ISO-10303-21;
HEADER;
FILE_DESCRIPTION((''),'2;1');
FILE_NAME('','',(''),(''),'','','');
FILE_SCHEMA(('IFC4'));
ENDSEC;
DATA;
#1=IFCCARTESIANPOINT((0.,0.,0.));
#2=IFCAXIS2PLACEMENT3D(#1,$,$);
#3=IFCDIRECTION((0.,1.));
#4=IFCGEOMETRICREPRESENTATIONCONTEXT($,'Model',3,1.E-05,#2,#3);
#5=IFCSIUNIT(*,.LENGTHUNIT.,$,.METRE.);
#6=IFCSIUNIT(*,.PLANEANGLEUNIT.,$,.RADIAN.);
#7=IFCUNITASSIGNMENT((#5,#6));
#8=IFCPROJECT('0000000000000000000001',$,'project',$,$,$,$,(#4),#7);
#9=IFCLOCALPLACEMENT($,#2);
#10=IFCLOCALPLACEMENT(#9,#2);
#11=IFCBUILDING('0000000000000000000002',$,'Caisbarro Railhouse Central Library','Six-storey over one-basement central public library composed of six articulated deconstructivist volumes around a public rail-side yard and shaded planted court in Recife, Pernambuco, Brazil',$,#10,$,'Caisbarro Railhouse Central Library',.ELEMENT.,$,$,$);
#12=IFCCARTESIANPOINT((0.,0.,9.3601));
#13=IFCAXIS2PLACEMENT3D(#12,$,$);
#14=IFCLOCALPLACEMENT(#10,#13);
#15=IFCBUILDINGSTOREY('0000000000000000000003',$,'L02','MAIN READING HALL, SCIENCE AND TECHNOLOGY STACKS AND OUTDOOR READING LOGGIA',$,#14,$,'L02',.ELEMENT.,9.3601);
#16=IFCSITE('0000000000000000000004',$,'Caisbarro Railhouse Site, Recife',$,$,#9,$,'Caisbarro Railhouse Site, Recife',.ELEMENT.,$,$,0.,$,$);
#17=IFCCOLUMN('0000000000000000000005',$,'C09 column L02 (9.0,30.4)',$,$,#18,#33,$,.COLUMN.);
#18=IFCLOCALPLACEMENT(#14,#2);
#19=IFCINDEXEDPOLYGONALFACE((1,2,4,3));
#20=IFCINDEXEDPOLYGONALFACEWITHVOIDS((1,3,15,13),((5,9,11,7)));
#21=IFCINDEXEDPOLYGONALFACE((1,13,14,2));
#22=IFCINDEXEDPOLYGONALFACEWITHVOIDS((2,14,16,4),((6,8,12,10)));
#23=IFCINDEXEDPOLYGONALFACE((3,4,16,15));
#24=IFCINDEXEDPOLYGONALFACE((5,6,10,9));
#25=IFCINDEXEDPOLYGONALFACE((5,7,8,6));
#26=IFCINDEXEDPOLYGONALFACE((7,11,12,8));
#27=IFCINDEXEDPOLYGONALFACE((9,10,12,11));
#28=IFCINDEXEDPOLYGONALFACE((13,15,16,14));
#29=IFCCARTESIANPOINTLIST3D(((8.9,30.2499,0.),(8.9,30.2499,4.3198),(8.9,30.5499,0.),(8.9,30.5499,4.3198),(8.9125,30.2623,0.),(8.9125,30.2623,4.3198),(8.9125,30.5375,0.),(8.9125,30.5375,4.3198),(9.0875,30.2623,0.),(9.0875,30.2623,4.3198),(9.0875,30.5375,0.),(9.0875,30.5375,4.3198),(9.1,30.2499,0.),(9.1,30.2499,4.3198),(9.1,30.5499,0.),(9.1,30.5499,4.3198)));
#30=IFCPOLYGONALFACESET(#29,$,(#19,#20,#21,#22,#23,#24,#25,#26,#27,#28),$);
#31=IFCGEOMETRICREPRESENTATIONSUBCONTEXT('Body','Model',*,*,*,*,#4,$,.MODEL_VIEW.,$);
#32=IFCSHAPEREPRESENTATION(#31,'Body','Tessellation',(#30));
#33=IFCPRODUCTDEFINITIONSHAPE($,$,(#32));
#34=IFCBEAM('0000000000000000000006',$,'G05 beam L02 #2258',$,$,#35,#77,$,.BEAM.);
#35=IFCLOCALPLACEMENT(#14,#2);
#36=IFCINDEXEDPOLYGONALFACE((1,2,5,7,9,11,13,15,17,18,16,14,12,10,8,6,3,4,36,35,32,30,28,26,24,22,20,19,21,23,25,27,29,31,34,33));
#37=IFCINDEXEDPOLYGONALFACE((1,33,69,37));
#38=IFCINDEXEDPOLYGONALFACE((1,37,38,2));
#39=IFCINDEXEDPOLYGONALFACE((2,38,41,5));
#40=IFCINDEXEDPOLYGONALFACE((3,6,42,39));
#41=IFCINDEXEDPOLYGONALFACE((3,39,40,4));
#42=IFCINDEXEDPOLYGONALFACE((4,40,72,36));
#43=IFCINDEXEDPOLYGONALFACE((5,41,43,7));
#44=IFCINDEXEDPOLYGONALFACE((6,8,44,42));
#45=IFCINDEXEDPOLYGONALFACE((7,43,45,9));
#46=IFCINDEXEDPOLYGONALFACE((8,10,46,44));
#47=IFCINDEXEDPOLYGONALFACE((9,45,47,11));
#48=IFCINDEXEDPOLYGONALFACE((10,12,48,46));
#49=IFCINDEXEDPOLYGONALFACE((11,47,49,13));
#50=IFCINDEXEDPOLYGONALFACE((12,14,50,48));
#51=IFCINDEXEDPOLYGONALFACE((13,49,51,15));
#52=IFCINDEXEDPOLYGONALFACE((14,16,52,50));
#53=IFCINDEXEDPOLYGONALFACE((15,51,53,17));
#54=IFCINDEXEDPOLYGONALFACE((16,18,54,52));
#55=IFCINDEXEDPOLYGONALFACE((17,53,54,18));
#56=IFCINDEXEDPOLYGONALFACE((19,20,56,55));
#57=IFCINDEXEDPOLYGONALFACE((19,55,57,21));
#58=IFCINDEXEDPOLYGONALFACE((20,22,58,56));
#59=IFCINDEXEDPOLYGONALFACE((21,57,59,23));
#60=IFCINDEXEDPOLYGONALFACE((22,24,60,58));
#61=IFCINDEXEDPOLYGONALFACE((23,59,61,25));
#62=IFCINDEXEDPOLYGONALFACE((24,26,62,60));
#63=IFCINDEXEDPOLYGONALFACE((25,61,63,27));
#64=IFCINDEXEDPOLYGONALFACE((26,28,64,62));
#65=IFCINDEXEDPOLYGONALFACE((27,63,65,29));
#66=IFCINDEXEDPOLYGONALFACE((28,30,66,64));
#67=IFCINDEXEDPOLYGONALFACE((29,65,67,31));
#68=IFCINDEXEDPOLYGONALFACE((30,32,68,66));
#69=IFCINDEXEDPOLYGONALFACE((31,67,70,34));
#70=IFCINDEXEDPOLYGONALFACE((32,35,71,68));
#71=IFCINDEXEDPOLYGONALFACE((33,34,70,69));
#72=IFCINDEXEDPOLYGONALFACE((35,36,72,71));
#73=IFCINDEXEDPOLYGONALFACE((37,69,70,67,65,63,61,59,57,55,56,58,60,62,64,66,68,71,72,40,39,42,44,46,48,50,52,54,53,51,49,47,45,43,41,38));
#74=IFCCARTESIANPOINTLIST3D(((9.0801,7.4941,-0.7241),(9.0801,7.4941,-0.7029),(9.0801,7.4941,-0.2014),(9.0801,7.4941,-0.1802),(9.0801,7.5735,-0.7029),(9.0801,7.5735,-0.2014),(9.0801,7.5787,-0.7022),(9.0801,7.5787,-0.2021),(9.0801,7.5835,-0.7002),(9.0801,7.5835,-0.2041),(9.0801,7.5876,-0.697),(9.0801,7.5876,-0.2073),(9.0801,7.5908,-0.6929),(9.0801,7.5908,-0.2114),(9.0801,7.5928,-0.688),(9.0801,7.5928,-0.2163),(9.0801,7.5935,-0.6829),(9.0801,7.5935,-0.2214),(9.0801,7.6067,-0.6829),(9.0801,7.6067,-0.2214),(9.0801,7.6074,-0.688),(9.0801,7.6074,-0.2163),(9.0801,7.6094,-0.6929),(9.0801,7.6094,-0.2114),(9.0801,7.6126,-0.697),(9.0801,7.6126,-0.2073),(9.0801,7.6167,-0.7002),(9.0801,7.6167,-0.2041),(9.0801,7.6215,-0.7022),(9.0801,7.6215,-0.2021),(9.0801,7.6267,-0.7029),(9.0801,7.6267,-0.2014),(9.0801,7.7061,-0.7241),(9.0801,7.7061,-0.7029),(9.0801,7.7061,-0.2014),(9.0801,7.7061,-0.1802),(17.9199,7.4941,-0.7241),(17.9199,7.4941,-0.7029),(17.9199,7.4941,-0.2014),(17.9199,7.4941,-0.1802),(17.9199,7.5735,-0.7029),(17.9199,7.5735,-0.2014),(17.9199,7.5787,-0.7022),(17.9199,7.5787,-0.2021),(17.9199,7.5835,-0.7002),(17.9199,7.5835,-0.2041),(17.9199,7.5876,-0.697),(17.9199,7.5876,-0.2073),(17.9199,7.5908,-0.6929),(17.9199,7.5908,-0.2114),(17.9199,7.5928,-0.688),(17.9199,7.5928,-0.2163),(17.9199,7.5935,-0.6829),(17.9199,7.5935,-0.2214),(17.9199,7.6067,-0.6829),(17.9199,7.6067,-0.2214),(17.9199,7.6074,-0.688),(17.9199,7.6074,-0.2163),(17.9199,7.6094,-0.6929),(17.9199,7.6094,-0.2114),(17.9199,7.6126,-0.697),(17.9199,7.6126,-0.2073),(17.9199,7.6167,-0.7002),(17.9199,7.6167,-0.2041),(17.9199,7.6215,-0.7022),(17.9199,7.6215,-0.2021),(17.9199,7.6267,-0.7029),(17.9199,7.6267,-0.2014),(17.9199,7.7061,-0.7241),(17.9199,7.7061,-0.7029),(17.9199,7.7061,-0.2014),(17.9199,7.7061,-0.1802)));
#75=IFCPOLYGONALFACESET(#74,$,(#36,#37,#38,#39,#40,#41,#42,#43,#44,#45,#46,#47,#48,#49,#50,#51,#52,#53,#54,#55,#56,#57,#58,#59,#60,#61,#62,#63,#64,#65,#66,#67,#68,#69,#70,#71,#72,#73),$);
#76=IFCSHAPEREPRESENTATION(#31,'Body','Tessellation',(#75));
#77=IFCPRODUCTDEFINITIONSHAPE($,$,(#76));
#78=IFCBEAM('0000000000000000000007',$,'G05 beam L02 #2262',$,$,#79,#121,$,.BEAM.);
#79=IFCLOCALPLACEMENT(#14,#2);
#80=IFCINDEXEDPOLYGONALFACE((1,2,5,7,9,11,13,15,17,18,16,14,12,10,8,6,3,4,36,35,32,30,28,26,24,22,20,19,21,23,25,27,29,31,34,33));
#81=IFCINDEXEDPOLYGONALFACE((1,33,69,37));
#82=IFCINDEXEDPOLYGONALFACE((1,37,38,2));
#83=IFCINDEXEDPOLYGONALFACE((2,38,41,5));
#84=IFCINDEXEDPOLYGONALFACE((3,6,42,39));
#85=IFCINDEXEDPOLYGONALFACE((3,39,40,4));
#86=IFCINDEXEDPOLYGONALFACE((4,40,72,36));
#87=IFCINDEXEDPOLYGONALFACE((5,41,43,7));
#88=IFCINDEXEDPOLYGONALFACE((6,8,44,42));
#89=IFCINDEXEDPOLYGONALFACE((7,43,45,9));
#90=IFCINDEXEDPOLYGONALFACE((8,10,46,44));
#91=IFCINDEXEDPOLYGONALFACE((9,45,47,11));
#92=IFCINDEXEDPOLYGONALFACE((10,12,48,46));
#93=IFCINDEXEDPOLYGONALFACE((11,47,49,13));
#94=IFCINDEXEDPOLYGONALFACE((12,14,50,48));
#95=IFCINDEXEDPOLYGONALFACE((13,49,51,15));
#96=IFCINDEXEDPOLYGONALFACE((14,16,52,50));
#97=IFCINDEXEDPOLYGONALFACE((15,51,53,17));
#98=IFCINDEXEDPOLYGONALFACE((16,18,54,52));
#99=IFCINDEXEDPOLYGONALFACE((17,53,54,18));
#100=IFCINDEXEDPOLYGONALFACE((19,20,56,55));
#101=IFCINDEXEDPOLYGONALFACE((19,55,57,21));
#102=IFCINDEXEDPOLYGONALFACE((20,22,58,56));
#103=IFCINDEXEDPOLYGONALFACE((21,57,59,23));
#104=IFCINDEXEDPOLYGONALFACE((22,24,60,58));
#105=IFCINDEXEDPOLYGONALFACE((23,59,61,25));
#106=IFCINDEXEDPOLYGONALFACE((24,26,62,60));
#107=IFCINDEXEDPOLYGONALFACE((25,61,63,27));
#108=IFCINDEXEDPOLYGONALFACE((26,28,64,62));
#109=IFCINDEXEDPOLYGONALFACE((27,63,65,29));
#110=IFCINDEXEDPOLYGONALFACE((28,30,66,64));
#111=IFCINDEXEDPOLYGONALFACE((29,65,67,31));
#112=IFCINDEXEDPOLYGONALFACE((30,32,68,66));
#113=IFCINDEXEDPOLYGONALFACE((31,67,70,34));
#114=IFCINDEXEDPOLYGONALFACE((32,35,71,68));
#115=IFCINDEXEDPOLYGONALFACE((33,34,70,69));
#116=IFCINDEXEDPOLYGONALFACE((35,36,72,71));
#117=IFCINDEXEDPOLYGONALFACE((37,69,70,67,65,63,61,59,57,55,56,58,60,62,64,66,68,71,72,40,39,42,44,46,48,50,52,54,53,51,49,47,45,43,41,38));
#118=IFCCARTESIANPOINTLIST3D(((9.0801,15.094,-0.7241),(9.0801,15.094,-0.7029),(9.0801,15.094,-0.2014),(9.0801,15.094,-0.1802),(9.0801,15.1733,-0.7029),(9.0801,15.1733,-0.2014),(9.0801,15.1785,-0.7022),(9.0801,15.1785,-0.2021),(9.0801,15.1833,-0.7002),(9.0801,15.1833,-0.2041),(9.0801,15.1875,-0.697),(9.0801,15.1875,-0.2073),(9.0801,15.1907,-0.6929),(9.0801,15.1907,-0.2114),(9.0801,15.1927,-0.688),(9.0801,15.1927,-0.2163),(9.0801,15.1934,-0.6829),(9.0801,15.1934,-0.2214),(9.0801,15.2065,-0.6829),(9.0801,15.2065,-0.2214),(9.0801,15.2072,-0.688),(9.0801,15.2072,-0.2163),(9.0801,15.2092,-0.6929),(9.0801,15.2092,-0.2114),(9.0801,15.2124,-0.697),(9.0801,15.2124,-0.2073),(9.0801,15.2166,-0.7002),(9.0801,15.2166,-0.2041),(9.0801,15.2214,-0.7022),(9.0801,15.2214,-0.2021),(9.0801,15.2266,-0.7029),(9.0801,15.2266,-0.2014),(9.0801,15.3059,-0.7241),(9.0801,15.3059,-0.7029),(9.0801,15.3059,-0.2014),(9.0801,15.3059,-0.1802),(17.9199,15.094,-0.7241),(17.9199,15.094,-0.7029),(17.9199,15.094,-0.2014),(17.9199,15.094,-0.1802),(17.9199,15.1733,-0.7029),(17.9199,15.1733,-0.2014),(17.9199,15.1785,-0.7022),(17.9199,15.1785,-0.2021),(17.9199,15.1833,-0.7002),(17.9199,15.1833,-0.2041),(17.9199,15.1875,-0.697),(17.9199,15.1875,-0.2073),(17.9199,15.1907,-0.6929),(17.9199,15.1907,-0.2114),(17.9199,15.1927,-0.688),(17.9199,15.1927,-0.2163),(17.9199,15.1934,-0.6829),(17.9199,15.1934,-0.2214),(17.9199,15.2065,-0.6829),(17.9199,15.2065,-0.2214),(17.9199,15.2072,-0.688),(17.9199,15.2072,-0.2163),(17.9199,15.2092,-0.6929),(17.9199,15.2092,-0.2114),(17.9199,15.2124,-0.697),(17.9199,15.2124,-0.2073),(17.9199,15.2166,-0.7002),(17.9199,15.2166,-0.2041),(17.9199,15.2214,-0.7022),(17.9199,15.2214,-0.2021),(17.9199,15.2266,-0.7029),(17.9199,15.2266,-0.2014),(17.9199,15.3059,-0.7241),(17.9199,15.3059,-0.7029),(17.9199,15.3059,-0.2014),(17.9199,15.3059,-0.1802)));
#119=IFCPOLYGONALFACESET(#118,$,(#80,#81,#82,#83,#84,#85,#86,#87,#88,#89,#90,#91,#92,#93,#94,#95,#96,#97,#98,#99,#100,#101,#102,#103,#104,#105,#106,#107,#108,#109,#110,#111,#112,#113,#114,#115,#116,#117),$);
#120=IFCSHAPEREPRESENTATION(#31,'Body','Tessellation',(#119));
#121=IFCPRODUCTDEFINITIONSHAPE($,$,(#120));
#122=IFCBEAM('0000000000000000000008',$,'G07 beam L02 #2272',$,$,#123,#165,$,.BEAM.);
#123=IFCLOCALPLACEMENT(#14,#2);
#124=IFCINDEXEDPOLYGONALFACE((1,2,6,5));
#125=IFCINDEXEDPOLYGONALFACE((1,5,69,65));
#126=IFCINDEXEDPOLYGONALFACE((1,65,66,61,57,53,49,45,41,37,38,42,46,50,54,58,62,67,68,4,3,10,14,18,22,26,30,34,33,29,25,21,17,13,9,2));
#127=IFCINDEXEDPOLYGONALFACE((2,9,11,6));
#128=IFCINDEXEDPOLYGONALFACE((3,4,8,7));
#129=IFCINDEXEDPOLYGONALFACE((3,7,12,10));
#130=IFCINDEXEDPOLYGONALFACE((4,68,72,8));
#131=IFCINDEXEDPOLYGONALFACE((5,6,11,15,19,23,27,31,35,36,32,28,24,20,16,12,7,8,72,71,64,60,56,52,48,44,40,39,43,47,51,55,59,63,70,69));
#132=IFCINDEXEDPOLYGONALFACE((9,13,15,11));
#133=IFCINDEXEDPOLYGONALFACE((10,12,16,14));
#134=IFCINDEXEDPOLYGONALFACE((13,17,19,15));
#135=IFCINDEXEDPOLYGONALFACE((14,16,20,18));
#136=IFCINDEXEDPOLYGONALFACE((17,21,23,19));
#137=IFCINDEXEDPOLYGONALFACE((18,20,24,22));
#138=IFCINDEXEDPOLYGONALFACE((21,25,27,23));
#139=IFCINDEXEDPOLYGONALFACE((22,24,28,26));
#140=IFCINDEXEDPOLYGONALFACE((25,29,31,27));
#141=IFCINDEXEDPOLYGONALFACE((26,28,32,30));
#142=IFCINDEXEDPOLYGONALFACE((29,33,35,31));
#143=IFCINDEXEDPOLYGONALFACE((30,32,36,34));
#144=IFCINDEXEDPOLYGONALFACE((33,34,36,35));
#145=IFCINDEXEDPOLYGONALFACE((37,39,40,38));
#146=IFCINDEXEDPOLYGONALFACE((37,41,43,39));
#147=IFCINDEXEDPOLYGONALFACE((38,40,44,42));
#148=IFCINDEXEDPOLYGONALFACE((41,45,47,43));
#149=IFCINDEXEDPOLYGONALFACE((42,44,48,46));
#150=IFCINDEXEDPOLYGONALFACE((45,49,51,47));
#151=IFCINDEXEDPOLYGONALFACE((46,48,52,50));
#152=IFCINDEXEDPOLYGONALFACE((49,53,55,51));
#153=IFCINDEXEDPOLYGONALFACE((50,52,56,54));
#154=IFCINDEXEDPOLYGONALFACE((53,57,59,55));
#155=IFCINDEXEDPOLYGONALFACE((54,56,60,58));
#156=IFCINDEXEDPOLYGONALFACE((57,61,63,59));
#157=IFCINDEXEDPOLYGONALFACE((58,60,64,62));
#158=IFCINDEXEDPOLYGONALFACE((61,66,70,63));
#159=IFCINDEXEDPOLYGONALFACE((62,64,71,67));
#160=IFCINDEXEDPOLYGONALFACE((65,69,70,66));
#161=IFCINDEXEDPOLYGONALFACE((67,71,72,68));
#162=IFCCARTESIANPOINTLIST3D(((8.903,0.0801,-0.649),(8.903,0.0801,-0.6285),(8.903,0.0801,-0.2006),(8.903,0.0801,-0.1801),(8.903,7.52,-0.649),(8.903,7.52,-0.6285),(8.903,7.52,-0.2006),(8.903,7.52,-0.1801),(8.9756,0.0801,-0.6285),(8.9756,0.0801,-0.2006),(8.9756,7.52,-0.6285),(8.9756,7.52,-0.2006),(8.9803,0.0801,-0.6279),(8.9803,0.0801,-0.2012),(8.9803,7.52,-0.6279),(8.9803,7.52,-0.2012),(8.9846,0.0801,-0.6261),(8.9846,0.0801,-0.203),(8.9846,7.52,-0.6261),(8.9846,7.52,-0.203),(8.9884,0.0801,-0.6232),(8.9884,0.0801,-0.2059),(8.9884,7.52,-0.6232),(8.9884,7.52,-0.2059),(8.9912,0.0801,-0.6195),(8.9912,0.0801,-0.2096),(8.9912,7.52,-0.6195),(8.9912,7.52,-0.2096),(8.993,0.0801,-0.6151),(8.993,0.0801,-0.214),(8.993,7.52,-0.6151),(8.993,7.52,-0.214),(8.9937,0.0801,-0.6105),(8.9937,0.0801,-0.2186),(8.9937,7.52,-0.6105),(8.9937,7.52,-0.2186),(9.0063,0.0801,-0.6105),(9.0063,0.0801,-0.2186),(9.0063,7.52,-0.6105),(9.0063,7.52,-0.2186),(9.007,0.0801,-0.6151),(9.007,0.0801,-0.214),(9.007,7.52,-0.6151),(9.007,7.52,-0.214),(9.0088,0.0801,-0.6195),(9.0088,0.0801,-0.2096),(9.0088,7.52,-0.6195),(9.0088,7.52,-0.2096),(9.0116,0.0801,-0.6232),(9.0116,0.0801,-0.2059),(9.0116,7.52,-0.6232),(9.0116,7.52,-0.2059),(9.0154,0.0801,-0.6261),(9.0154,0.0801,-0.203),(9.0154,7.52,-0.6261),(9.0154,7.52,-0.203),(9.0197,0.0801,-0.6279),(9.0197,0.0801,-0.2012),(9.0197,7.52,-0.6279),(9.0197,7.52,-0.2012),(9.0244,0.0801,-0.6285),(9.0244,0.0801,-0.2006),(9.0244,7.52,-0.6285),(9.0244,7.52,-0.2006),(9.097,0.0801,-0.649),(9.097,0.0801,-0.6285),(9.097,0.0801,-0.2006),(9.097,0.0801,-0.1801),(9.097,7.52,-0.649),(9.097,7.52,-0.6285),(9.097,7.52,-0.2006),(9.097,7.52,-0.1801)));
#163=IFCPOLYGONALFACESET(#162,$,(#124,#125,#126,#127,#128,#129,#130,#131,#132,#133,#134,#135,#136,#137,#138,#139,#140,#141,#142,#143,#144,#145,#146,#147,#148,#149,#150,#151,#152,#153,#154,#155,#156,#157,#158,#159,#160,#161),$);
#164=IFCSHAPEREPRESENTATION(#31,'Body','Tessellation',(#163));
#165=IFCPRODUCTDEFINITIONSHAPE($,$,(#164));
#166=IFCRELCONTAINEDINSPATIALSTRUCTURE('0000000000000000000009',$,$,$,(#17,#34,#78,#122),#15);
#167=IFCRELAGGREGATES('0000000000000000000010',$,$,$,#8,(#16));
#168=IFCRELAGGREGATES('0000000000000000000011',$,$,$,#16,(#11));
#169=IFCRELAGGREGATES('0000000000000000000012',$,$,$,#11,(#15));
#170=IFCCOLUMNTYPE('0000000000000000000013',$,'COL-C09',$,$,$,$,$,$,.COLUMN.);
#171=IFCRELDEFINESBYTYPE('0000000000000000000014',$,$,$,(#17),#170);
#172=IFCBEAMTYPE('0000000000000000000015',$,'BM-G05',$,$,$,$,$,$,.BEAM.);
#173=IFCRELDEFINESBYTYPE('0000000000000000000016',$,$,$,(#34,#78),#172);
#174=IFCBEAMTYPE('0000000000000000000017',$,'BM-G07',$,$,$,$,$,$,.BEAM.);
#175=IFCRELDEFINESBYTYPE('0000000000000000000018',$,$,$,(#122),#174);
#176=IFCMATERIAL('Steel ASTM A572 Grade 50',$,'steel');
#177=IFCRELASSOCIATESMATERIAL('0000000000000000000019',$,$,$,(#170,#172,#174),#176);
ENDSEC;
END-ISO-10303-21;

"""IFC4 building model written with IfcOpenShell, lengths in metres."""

from ifc_helpers import new_model, si_unit, direction, frame, origin, origin_2d, place, context, subcontext, project, spatial, hollow_rectangle, i_section, extrude, material, material_profile, profile_set, type_object, element, save


model = new_model("IFC4")

# Units and contexts
model_context = context("Model", 3, precision=1e-05, world=origin(), true_north=direction((0.0, 1.0)))
body_context = subcontext(model_context, "Body", "Model", "MODEL_VIEW")
ifc_project = project(units=[si_unit("LENGTHUNIT", "METRE"), si_unit("PLANEANGLEUNIT", "RADIAN")], contexts=[model_context])

# Site, building, storey
site_placement = place(None, origin())
site = spatial("IfcSite", under=ifc_project, at=site_placement, Name="Caisbarro Railhouse Site, Recife", LongName="Caisbarro Railhouse Site, Recife", CompositionType="ELEMENT", RefElevation=0.0)
building_placement = place(site_placement, origin())
building = spatial("IfcBuilding", under=site, at=building_placement, Name="Caisbarro Railhouse Central Library", Description="Six-storey over one-basement central public library composed of six articulated deconstructivist volumes around a public rail-side yard and shaded planted court in Recife, Pernambuco, Brazil", LongName="Caisbarro Railhouse Central Library", CompositionType="ELEMENT")
storey_placement = place(building_placement, frame((0.0, 0.0, 9.3601)))
storey = spatial("IfcBuildingStorey", under=building, at=storey_placement, Name="L02", Description="MAIN READING HALL, SCIENCE AND TECHNOLOGY STACKS AND OUTDOOR READING LOGGIA", LongName="L02", CompositionType="ELEMENT", Elevation=9.3601)

# Column
ifc_material_1 = material(Name="Steel ASTM A572 Grade 50", Category="steel")
ifc_material_profile_1 = material_profile(ifc_material_1, hollow_rectangle(XDim=0.2, YDim=0.3, WallThickness=0.0125, at=origin_2d()), Name="HSS300X200X12.5")
ifc_profile_set_1 = profile_set([ifc_material_profile_1], Name="Steel ASTM A572 Grade 50")
column_type = type_object("IfcColumnType", Name="COL-C09", PredefinedType="COLUMN", material=ifc_profile_set_1)
column_placement = place(storey_placement, frame((9.0, 30.3999, 0.0), z_axis=(0.0, 0.0, 1.0), x_axis=(1.0, 0.0, 0.0)))
element("IfcColumn", 1, at=column_placement, inside=storey, type_object=column_type, Name="C09 column L02 (9.0,30.4)", PredefinedType="COLUMN", context=body_context, shape_type="SweptSolid", body=[
    extrude(hollow_rectangle(XDim=0.2, YDim=0.3, WallThickness=0.0125, at=origin_2d()), origin(), (0.0, 0.0, 1.0), 4.3198),
])

# Beams
ifc_material_profile_2 = material_profile(ifc_material_1, i_section(OverallWidth=0.2119, OverallDepth=0.5439, WebThickness=0.0132, FlangeThickness=0.0212, FilletRadius=0.02, at=origin_2d()), Name="W530X123.0")
ifc_profile_set_2 = profile_set([ifc_material_profile_2], Name="Steel ASTM A572 Grade 50")
beam_type_1 = type_object("IfcBeamType", Name="BM-G05", PredefinedType="BEAM", material=ifc_profile_set_2)
for number, where, z_axis, x_axis, name in (
    (2, (9.0801, 7.6001, -0.4521), (1.0, 0.0, 0.0), (0.0, 1.0, 0.0), "G05 beam L02 #2258"),
    (3, (9.0801, 15.2, -0.4521), (1.0, 0.0, 0.0), (0.0, 1.0, 0.0), "G05 beam L02 #2262"),
):
    element("IfcBeam", number, at=place(storey_placement, frame(where, z_axis=z_axis, x_axis=x_axis)), inside=storey, type_object=beam_type_1, Name=name, PredefinedType="BEAM", context=body_context, shape_type="SweptSolid", body=[
        extrude(i_section(OverallWidth=0.2119, OverallDepth=0.5439, WebThickness=0.0132, FlangeThickness=0.0212, FilletRadius=0.02, at=origin_2d()), origin(), (0.0, 0.0, 1.0), 8.8398),
    ])
ifc_material_profile_3 = material_profile(ifc_material_1, i_section(OverallWidth=0.1941, OverallDepth=0.469, WebThickness=0.0127, FlangeThickness=0.0205, FilletRadius=0.0181, at=origin_2d()), Name="W460X106.0")
ifc_profile_set_3 = profile_set([ifc_material_profile_3], Name="Steel ASTM A572 Grade 50")
beam_type_2 = type_object("IfcBeamType", Name="BM-G07", PredefinedType="BEAM", material=ifc_profile_set_3)
beam_1_placement = place(storey_placement, frame((9.0, 0.0801, -0.4146), z_axis=(0.0, 1.0, 0.0), x_axis=(-1.0, 0.0, 0.0)))
element("IfcBeam", 4, at=beam_1_placement, inside=storey, type_object=beam_type_2, Name="G07 beam L02 #2272", PredefinedType="BEAM", context=body_context, shape_type="SweptSolid", body=[
    extrude(i_section(OverallWidth=0.1941, OverallDepth=0.469, WebThickness=0.0127, FlangeThickness=0.0205, FilletRadius=0.0181, at=origin_2d()), origin(), (0.0, 0.0, 1.0), 7.4399),
])

save(model, "model.ifc")
